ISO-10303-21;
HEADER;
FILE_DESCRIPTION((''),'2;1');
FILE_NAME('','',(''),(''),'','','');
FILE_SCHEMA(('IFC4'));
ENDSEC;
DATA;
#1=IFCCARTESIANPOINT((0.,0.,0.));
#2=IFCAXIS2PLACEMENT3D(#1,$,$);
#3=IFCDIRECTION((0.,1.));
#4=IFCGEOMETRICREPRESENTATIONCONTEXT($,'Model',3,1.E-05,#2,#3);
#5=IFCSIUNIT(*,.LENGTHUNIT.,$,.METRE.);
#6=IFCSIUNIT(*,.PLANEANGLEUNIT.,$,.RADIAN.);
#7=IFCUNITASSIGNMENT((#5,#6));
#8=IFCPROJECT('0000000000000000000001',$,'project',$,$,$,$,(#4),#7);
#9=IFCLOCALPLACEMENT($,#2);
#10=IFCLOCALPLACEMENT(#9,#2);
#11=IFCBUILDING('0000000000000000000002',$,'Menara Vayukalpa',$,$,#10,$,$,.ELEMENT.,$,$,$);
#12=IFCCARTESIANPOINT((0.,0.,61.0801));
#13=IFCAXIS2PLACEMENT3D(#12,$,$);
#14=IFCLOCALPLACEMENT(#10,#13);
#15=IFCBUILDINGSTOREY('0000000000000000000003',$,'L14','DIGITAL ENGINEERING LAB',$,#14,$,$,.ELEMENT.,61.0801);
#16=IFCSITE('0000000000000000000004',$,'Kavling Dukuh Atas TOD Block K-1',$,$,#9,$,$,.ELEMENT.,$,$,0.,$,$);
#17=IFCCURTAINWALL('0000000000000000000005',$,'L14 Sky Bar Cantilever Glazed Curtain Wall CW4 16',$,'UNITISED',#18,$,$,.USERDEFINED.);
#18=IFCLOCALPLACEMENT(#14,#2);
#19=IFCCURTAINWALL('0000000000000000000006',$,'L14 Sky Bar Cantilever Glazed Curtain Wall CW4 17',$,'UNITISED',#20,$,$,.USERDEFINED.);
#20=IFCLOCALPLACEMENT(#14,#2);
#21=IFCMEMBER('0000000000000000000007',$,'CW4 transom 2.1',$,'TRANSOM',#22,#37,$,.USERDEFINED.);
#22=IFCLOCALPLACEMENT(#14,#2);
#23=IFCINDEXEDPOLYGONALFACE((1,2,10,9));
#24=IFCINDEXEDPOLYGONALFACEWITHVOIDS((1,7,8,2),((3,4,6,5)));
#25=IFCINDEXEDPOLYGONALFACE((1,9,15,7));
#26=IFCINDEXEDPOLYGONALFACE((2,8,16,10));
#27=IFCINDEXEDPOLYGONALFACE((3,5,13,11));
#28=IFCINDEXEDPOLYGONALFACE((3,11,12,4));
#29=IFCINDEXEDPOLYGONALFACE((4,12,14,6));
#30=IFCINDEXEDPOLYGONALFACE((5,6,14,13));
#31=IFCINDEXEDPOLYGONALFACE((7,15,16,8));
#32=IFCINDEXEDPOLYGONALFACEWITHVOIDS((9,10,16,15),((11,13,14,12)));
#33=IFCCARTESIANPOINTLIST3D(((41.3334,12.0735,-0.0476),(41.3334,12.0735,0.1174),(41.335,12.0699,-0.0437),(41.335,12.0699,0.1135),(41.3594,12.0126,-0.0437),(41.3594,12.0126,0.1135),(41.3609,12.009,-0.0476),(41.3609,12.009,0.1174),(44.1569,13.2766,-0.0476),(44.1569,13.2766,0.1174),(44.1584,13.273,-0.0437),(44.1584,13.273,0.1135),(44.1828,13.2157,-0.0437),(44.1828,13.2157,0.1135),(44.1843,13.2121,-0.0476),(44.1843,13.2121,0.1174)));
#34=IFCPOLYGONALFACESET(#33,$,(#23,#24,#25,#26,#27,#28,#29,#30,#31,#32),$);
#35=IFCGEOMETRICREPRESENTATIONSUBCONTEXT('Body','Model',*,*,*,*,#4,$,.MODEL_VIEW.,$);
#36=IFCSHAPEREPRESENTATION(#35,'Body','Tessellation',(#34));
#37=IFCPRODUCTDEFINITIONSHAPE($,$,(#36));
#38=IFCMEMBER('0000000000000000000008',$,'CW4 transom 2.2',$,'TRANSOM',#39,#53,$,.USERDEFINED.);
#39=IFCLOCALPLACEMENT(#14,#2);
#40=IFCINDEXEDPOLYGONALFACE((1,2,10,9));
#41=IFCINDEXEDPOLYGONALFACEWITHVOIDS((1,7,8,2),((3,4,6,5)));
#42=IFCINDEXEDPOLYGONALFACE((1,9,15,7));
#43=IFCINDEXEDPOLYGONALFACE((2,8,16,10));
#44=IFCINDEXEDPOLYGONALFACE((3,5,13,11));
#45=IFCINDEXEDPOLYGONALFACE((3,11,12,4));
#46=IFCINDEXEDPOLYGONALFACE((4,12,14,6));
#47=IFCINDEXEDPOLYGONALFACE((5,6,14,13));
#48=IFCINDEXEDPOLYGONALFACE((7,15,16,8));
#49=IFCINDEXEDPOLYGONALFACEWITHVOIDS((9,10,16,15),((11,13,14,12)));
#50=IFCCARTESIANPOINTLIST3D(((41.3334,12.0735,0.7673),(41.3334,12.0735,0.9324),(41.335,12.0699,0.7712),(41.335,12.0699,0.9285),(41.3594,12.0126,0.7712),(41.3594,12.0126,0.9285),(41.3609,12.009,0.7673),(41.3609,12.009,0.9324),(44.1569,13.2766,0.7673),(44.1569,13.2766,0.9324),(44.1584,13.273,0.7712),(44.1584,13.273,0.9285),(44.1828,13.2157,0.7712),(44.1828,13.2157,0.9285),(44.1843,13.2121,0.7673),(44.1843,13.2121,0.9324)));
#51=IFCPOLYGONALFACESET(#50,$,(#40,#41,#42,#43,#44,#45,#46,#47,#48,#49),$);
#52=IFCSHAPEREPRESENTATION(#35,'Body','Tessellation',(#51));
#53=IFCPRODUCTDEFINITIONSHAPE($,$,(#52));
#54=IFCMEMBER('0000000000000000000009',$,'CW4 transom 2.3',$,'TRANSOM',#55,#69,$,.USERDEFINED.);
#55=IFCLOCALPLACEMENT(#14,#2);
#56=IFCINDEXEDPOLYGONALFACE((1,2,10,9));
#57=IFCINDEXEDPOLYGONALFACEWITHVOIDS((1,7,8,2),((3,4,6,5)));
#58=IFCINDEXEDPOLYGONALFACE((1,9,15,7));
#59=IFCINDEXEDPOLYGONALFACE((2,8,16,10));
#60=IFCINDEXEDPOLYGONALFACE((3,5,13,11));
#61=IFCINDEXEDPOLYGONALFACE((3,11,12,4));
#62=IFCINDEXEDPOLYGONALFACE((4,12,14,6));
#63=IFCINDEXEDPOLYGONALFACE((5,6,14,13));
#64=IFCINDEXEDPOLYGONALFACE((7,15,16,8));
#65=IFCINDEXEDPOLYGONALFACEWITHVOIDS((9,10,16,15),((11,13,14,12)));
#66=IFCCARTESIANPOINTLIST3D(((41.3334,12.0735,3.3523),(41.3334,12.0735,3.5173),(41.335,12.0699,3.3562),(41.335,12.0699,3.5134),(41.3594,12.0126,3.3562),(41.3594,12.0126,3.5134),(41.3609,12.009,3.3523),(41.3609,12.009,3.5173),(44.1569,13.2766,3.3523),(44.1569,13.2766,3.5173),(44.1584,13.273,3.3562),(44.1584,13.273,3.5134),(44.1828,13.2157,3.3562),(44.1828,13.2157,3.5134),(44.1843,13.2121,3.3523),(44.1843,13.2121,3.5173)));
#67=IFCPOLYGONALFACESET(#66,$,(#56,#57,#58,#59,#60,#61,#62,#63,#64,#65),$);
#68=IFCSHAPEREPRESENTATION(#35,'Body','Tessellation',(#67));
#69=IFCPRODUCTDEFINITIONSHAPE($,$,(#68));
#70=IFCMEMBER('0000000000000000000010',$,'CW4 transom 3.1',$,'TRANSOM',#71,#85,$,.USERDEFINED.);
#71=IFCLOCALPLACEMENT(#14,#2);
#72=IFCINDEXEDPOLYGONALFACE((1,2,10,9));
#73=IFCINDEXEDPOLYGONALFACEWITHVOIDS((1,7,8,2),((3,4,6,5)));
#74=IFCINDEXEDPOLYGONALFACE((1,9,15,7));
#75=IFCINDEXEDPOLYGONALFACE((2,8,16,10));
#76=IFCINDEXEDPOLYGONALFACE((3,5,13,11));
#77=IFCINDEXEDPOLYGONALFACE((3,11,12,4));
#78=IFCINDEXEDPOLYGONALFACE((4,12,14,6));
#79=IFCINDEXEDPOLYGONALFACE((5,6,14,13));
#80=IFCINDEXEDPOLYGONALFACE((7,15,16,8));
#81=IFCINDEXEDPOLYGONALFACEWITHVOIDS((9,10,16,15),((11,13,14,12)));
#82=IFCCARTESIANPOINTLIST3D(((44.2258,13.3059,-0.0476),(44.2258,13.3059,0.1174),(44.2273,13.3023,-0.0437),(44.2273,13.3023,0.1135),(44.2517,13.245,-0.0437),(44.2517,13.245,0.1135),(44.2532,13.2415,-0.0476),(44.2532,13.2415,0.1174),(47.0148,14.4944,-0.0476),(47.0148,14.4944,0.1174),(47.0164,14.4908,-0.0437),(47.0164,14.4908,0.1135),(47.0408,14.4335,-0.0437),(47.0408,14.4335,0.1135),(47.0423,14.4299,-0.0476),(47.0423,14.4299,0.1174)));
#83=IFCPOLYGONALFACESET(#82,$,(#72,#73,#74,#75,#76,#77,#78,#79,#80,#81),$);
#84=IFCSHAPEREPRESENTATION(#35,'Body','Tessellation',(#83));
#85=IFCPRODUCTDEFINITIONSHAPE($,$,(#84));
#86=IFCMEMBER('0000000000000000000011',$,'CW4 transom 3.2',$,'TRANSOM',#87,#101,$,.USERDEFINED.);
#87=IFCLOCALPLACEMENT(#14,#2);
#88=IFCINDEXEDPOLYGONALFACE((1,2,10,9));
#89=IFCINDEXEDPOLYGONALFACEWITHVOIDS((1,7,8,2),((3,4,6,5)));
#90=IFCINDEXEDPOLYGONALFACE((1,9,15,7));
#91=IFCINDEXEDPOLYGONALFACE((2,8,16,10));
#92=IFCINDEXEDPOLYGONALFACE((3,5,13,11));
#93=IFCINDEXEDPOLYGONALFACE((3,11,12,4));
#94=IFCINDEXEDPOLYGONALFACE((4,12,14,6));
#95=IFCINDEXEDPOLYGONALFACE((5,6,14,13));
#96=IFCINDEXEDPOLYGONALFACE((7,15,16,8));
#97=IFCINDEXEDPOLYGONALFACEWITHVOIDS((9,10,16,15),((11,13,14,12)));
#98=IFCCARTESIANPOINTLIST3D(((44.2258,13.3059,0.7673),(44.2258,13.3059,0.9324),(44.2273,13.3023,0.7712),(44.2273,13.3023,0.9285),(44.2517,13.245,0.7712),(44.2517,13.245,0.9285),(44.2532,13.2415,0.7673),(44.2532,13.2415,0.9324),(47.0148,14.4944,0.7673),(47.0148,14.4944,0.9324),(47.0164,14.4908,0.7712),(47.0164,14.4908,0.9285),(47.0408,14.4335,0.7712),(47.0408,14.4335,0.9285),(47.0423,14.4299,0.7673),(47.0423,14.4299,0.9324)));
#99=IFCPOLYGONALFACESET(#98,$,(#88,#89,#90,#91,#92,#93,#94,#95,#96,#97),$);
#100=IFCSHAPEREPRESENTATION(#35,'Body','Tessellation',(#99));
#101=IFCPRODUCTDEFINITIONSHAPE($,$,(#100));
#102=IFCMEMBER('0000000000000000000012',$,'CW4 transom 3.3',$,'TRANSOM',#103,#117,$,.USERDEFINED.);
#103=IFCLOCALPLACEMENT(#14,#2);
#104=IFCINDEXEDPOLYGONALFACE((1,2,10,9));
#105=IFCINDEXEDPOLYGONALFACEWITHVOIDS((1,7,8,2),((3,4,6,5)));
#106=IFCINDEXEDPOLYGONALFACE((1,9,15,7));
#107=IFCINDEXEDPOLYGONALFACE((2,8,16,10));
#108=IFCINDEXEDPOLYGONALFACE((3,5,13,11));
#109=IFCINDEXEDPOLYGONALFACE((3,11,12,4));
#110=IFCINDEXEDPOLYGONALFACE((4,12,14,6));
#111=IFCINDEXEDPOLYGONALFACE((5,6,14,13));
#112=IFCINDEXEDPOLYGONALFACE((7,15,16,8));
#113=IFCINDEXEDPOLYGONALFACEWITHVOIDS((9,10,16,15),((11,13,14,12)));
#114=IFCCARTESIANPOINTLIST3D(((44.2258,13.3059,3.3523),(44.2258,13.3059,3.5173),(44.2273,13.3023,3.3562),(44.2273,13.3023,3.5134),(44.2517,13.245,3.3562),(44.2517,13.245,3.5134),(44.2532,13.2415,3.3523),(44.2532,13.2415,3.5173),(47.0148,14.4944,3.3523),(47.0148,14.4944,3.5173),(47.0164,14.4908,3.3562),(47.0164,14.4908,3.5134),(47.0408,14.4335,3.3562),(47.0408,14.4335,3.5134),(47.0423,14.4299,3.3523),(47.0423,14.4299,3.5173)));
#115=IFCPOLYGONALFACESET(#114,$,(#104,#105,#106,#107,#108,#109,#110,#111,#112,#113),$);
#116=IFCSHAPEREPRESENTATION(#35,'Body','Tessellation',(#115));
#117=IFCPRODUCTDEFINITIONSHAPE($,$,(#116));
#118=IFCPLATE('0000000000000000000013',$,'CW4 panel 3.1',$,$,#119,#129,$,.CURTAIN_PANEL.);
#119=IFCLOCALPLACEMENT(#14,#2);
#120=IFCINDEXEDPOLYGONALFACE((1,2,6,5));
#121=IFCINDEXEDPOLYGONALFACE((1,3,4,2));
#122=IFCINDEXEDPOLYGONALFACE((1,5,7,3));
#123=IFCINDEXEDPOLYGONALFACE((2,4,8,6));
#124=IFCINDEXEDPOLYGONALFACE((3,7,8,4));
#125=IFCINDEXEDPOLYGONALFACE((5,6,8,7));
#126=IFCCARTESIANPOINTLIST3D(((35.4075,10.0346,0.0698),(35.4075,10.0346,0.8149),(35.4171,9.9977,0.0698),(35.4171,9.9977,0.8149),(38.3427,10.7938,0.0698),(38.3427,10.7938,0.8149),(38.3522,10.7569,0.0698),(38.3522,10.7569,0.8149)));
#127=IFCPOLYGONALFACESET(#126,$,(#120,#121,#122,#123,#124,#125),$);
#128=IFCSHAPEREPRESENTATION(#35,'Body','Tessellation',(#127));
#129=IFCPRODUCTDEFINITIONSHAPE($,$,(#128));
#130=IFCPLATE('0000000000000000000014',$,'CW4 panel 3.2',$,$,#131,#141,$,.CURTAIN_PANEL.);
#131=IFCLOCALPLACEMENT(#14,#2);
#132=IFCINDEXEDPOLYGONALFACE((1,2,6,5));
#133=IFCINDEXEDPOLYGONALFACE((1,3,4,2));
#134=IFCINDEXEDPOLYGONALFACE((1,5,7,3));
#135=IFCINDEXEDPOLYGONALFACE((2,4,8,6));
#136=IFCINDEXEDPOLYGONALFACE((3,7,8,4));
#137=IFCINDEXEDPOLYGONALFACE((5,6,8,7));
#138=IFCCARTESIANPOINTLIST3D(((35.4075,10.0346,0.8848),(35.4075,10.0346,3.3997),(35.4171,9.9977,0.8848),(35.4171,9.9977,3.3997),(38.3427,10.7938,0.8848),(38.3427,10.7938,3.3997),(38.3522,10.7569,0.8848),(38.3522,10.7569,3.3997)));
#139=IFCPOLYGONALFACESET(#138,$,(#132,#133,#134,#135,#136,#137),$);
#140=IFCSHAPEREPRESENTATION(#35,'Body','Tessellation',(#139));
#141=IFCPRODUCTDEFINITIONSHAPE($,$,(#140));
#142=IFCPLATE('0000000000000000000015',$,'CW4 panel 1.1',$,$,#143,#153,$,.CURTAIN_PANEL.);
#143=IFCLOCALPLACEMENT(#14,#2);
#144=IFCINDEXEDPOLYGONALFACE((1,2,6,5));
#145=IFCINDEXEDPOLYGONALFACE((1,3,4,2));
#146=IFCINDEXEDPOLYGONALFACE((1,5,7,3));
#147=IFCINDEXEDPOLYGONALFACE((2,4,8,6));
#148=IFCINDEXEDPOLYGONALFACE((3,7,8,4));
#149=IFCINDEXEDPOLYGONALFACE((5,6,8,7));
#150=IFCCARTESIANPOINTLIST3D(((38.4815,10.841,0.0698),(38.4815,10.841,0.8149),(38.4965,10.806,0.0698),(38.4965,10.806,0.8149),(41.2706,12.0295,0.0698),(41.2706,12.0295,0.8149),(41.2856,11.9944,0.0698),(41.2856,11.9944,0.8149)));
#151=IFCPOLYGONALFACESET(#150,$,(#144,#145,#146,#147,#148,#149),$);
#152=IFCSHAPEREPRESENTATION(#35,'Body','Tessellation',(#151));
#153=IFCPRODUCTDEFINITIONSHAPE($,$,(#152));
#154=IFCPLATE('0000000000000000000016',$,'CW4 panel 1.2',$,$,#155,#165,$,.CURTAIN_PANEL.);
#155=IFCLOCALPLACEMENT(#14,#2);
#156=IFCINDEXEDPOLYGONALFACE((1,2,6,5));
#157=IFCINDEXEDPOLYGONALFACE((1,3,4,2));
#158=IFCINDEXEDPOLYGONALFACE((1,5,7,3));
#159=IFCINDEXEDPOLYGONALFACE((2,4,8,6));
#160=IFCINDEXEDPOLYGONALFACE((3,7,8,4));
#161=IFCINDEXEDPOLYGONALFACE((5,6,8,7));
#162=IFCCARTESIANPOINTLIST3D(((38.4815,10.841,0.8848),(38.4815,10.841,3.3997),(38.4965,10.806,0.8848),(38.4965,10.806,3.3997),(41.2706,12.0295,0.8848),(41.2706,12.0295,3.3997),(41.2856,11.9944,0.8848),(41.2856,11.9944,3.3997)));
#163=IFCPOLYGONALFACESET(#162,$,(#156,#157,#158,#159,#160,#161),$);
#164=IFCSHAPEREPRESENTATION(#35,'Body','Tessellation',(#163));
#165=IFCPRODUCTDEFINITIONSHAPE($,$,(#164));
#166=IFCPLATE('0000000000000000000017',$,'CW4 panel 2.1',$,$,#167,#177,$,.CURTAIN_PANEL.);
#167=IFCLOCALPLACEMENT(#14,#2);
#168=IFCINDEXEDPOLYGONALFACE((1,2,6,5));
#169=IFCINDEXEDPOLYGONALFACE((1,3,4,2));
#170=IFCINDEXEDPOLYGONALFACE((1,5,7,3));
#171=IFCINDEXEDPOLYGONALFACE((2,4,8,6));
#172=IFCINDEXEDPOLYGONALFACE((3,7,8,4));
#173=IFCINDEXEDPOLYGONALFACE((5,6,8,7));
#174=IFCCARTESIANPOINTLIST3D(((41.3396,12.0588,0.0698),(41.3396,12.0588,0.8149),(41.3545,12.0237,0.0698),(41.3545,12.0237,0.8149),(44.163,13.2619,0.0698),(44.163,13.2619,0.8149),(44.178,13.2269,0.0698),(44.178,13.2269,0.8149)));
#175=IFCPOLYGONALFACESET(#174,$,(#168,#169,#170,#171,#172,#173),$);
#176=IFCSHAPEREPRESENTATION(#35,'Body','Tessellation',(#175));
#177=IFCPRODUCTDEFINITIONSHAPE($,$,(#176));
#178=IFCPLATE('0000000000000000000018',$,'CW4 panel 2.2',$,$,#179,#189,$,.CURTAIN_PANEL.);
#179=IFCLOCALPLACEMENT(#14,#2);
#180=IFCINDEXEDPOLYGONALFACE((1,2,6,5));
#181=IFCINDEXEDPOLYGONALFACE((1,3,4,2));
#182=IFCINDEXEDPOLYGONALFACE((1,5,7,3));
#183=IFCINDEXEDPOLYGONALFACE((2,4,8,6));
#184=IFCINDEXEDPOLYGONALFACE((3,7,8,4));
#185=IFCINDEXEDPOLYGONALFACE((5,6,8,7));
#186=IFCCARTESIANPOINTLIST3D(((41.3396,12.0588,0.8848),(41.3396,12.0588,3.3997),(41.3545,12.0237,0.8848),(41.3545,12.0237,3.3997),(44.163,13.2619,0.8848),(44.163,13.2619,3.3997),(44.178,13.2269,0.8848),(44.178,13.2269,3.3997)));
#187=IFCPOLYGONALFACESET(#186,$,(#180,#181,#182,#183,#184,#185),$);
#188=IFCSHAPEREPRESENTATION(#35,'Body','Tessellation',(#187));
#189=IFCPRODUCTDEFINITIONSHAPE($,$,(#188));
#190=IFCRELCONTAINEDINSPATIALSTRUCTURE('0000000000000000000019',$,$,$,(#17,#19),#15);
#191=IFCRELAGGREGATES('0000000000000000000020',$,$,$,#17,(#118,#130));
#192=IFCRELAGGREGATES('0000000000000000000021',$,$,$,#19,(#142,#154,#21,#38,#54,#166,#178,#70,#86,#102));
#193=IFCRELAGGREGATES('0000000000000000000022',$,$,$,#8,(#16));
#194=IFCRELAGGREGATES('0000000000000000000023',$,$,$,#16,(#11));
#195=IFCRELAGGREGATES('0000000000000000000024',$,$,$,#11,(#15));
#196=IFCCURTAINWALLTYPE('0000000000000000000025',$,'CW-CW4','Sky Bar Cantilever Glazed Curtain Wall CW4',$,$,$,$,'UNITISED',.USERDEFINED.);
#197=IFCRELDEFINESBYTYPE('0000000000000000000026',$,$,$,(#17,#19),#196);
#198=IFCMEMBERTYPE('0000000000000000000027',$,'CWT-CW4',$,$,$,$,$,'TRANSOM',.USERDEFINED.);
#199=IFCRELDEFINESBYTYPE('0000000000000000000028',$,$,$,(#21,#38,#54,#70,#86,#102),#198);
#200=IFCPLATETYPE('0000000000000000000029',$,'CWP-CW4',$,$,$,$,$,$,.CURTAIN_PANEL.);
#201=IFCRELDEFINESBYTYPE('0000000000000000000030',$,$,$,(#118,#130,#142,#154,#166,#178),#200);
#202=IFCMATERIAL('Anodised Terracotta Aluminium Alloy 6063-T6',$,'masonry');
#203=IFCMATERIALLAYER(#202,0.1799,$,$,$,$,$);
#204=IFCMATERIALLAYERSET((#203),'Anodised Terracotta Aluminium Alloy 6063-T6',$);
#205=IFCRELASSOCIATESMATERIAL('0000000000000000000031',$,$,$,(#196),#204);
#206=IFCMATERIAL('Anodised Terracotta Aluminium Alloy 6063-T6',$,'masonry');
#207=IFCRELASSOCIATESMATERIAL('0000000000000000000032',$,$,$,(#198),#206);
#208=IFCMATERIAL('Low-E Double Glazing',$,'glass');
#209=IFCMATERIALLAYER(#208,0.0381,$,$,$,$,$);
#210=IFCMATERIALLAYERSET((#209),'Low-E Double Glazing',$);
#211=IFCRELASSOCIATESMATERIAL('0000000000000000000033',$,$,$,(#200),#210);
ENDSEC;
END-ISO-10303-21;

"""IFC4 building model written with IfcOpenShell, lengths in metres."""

from ifc_helpers import new_model, si_unit, direction, frame, origin, origin_2d, place, context, subcontext, project, spatial, rectangle, hollow_rectangle, extrude, material, layer, layer_set, material_profile, profile_set, type_object, element, aggregate, save


model = new_model("IFC4")

# Units and contexts
model_context = context("Model", 3, precision=1e-05, world=origin(), true_north=direction((0.0, 1.0)))
body_context = subcontext(model_context, "Body", "Model", "MODEL_VIEW")
ifc_project = project(units=[si_unit("LENGTHUNIT", "METRE"), si_unit("PLANEANGLEUNIT", "RADIAN")], contexts=[model_context])

# Site, building, storey
site_placement = place(None, origin())
site = spatial("IfcSite", under=ifc_project, at=site_placement, Name="Kavling Dukuh Atas TOD Block K-1", CompositionType="ELEMENT", RefElevation=0.0)
building_placement = place(site_placement, origin())
building = spatial("IfcBuilding", under=site, at=building_placement, Name="Menara Vayukalpa", CompositionType="ELEMENT")
storey_placement = place(building_placement, frame((0.0, 0.0, 61.0801)))
storey = spatial("IfcBuildingStorey", under=building, at=storey_placement, Name="L14", Description="DIGITAL ENGINEERING LAB", CompositionType="ELEMENT", Elevation=61.0801)

# Curtain walls
ifc_material_1 = material(Name="Anodised Terracotta Aluminium Alloy 6063-T6", Category="masonry")
ifc_layer_1 = layer(ifc_material_1, 0.1799)
ifc_layer_set_1 = layer_set([ifc_layer_1], Name="Anodised Terracotta Aluminium Alloy 6063-T6")
curtain_wall_type = type_object("IfcCurtainWallType", Name="CW-CW4", Description="Sky Bar Cantilever Glazed Curtain Wall CW4", ElementType="UNITISED", PredefinedType="USERDEFINED", material=ifc_layer_set_1)
curtain_wall_1_placement = place(storey_placement, origin())
curtain_wall_1 = element("IfcCurtainWall", 1, at=curtain_wall_1_placement, inside=storey, type_object=curtain_wall_type, Name="L14 Sky Bar Cantilever Glazed Curtain Wall CW4 16", ObjectType="UNITISED", PredefinedType="USERDEFINED")
curtain_wall_2_placement = place(storey_placement, origin())
curtain_wall_2 = element("IfcCurtainWall", 2, at=curtain_wall_2_placement, inside=storey, type_object=curtain_wall_type, Name="L14 Sky Bar Cantilever Glazed Curtain Wall CW4 17", ObjectType="UNITISED", PredefinedType="USERDEFINED")

# Members
ifc_material_2 = material(Name="Anodised Terracotta Aluminium Alloy 6063-T6", Category="masonry")
ifc_material_profile_1 = material_profile(ifc_material_2, hollow_rectangle(XDim=0.0701, YDim=0.165, WallThickness=0.0039, at=origin_2d()), Name="ALU 70x165x4")
ifc_profile_set_1 = profile_set([ifc_material_profile_1], Name="Anodised Terracotta Aluminium Alloy 6063-T6")
member_type_1 = type_object("IfcMemberType", Name="CWT-CW4", ElementType="TRANSOM", PredefinedType="USERDEFINED", material=ifc_profile_set_1)
member_1_placement = place(storey_placement, frame((41.3472, 12.0413, 0.0349), z_axis=(0.919962, 0.392008, 0.0), x_axis=(-0.392008, 0.919962, 0.0)))
member_1 = element("IfcMember", 3, at=member_1_placement, type_object=member_type_1, Name="CW4 transom 2.1", ObjectType="TRANSOM", PredefinedType="USERDEFINED", context=body_context, shape_type="SweptSolid", body=[
    extrude(hollow_rectangle(XDim=0.0701, YDim=0.165, WallThickness=0.0039, at=origin_2d()), origin(), (0.0, 0.0, 1.0), 3.0691),
])
member_2_placement = place(storey_placement, frame((41.3472, 12.0413, 0.8499), z_axis=(0.919962, 0.392008, 0.0), x_axis=(-0.392008, 0.919962, 0.0)))
member_2 = element("IfcMember", 4, at=member_2_placement, type_object=member_type_1, Name="CW4 transom 2.2", ObjectType="TRANSOM", PredefinedType="USERDEFINED", context=body_context, shape_type="SweptSolid", body=[
    extrude(hollow_rectangle(XDim=0.0701, YDim=0.165, WallThickness=0.0039, at=origin_2d()), origin(), (0.0, 0.0, 1.0), 3.0691),
])
member_3_placement = place(storey_placement, frame((41.3472, 12.0413, 3.4348), z_axis=(0.919962, 0.392008, 0.0), x_axis=(-0.392008, 0.919962, 0.0)))
member_3 = element("IfcMember", 5, at=member_3_placement, type_object=member_type_1, Name="CW4 transom 2.3", ObjectType="TRANSOM", PredefinedType="USERDEFINED", context=body_context, shape_type="SweptSolid", body=[
    extrude(hollow_rectangle(XDim=0.0701, YDim=0.165, WallThickness=0.0039, at=origin_2d()), origin(), (0.0, 0.0, 1.0), 3.0691),
])
member_4_placement = place(storey_placement, frame((44.2395, 13.2737, 0.0349), z_axis=(0.919959, 0.392014, 0.0), x_axis=(-0.392014, 0.919959, 0.0)))
member_4 = element("IfcMember", 6, at=member_4_placement, type_object=member_type_1, Name="CW4 transom 3.1", ObjectType="TRANSOM", PredefinedType="USERDEFINED", context=body_context, shape_type="SweptSolid", body=[
    extrude(hollow_rectangle(XDim=0.0701, YDim=0.165, WallThickness=0.0039, at=origin_2d()), origin(), (0.0, 0.0, 1.0), 3.0317),
])
member_5_placement = place(storey_placement, frame((44.2395, 13.2737, 0.8499), z_axis=(0.919959, 0.392014, 0.0), x_axis=(-0.392014, 0.919959, 0.0)))
member_5 = element("IfcMember", 7, at=member_5_placement, type_object=member_type_1, Name="CW4 transom 3.2", ObjectType="TRANSOM", PredefinedType="USERDEFINED", context=body_context, shape_type="SweptSolid", body=[
    extrude(hollow_rectangle(XDim=0.0701, YDim=0.165, WallThickness=0.0039, at=origin_2d()), origin(), (0.0, 0.0, 1.0), 3.0317),
])
member_6_placement = place(storey_placement, frame((44.2395, 13.2737, 3.4348), z_axis=(0.919959, 0.392014, 0.0), x_axis=(-0.392014, 0.919959, 0.0)))
member_6 = element("IfcMember", 8, at=member_6_placement, type_object=member_type_1, Name="CW4 transom 3.3", ObjectType="TRANSOM", PredefinedType="USERDEFINED", context=body_context, shape_type="SweptSolid", body=[
    extrude(hollow_rectangle(XDim=0.0701, YDim=0.165, WallThickness=0.0039, at=origin_2d()), origin(), (0.0, 0.0, 1.0), 3.0317),
])

# Plates
ifc_material_3 = material(Name="Low-E Double Glazing", Category="glass")
ifc_layer_2 = layer(ifc_material_3, 0.0381)
ifc_layer_set_2 = layer_set([ifc_layer_2], Name="Low-E Double Glazing")
plate_type = type_object("IfcPlateType", Name="CWP-CW4", PredefinedType="CURTAIN_PANEL", material=ifc_layer_set_2)
plate_1_placement = place(storey_placement, frame((36.8799, 10.3958, 0.0698), z_axis=(0.0, 0.0, 1.0), x_axis=(0.968142, 0.250403, 0.0)))
plate_1 = element("IfcPlate", 9, at=plate_1_placement, type_object=plate_type, Name="CW4 panel 3.1", PredefinedType="CURTAIN_PANEL", context=body_context, shape_type="SweptSolid", body=[
    extrude(rectangle(XDim=3.0317, YDim=0.0381, at=origin_2d()), origin(), (0.0, 0.0, 1.0), 0.7451),
])
plate_2_placement = place(storey_placement, frame((36.8799, 10.3958, 0.8848), z_axis=(0.0, 0.0, 1.0), x_axis=(0.968142, 0.250403, 0.0)))
plate_2 = element("IfcPlate", 10, at=plate_2_placement, type_object=plate_type, Name="CW4 panel 3.2", PredefinedType="CURTAIN_PANEL", context=body_context, shape_type="SweptSolid", body=[
    extrude(rectangle(XDim=3.0317, YDim=0.0381, at=origin_2d()), origin(), (0.0, 0.0, 1.0), 2.5149),
])
aggregate(curtain_wall_1, [plate_1, plate_2])
plate_3_placement = place(storey_placement, frame((39.8835, 11.4177, 0.0698), z_axis=(0.0, 0.0, 1.0), x_axis=(0.919962, 0.392008, 0.0)))
plate_3 = element("IfcPlate", 11, at=plate_3_placement, type_object=plate_type, Name="CW4 panel 1.1", PredefinedType="CURTAIN_PANEL", context=body_context, shape_type="SweptSolid", body=[
    extrude(rectangle(XDim=3.0317, YDim=0.0381, at=origin_2d()), origin(), (0.0, 0.0, 1.0), 0.7451),
])
plate_4_placement = place(storey_placement, frame((39.8835, 11.4177, 0.8848), z_axis=(0.0, 0.0, 1.0), x_axis=(0.919962, 0.392008, 0.0)))
plate_4 = element("IfcPlate", 12, at=plate_4_placement, type_object=plate_type, Name="CW4 panel 1.2", PredefinedType="CURTAIN_PANEL", context=body_context, shape_type="SweptSolid", body=[
    extrude(rectangle(XDim=3.0317, YDim=0.0381, at=origin_2d()), origin(), (0.0, 0.0, 1.0), 2.5149),
])
plate_5_placement = place(storey_placement, frame((42.7588, 12.6428, 0.0698), z_axis=(0.0, 0.0, 1.0), x_axis=(0.919962, 0.392008, 0.0)))
plate_5 = element("IfcPlate", 13, at=plate_5_placement, type_object=plate_type, Name="CW4 panel 2.1", PredefinedType="CURTAIN_PANEL", context=body_context, shape_type="SweptSolid", body=[
    extrude(rectangle(XDim=3.0691, YDim=0.0381, at=origin_2d()), origin(), (0.0, 0.0, 1.0), 0.7451),
])
plate_6_placement = place(storey_placement, frame((42.7588, 12.6428, 0.8848), z_axis=(0.0, 0.0, 1.0), x_axis=(0.919962, 0.392008, 0.0)))
plate_6 = element("IfcPlate", 14, at=plate_6_placement, type_object=plate_type, Name="CW4 panel 2.2", PredefinedType="CURTAIN_PANEL", context=body_context, shape_type="SweptSolid", body=[
    extrude(rectangle(XDim=3.0691, YDim=0.0381, at=origin_2d()), origin(), (0.0, 0.0, 1.0), 2.5149),
])
aggregate(curtain_wall_2, [plate_3, plate_4, member_1, member_2, member_3, plate_5, plate_6, member_4, member_5, member_6])

save(model, "model.ifc")
